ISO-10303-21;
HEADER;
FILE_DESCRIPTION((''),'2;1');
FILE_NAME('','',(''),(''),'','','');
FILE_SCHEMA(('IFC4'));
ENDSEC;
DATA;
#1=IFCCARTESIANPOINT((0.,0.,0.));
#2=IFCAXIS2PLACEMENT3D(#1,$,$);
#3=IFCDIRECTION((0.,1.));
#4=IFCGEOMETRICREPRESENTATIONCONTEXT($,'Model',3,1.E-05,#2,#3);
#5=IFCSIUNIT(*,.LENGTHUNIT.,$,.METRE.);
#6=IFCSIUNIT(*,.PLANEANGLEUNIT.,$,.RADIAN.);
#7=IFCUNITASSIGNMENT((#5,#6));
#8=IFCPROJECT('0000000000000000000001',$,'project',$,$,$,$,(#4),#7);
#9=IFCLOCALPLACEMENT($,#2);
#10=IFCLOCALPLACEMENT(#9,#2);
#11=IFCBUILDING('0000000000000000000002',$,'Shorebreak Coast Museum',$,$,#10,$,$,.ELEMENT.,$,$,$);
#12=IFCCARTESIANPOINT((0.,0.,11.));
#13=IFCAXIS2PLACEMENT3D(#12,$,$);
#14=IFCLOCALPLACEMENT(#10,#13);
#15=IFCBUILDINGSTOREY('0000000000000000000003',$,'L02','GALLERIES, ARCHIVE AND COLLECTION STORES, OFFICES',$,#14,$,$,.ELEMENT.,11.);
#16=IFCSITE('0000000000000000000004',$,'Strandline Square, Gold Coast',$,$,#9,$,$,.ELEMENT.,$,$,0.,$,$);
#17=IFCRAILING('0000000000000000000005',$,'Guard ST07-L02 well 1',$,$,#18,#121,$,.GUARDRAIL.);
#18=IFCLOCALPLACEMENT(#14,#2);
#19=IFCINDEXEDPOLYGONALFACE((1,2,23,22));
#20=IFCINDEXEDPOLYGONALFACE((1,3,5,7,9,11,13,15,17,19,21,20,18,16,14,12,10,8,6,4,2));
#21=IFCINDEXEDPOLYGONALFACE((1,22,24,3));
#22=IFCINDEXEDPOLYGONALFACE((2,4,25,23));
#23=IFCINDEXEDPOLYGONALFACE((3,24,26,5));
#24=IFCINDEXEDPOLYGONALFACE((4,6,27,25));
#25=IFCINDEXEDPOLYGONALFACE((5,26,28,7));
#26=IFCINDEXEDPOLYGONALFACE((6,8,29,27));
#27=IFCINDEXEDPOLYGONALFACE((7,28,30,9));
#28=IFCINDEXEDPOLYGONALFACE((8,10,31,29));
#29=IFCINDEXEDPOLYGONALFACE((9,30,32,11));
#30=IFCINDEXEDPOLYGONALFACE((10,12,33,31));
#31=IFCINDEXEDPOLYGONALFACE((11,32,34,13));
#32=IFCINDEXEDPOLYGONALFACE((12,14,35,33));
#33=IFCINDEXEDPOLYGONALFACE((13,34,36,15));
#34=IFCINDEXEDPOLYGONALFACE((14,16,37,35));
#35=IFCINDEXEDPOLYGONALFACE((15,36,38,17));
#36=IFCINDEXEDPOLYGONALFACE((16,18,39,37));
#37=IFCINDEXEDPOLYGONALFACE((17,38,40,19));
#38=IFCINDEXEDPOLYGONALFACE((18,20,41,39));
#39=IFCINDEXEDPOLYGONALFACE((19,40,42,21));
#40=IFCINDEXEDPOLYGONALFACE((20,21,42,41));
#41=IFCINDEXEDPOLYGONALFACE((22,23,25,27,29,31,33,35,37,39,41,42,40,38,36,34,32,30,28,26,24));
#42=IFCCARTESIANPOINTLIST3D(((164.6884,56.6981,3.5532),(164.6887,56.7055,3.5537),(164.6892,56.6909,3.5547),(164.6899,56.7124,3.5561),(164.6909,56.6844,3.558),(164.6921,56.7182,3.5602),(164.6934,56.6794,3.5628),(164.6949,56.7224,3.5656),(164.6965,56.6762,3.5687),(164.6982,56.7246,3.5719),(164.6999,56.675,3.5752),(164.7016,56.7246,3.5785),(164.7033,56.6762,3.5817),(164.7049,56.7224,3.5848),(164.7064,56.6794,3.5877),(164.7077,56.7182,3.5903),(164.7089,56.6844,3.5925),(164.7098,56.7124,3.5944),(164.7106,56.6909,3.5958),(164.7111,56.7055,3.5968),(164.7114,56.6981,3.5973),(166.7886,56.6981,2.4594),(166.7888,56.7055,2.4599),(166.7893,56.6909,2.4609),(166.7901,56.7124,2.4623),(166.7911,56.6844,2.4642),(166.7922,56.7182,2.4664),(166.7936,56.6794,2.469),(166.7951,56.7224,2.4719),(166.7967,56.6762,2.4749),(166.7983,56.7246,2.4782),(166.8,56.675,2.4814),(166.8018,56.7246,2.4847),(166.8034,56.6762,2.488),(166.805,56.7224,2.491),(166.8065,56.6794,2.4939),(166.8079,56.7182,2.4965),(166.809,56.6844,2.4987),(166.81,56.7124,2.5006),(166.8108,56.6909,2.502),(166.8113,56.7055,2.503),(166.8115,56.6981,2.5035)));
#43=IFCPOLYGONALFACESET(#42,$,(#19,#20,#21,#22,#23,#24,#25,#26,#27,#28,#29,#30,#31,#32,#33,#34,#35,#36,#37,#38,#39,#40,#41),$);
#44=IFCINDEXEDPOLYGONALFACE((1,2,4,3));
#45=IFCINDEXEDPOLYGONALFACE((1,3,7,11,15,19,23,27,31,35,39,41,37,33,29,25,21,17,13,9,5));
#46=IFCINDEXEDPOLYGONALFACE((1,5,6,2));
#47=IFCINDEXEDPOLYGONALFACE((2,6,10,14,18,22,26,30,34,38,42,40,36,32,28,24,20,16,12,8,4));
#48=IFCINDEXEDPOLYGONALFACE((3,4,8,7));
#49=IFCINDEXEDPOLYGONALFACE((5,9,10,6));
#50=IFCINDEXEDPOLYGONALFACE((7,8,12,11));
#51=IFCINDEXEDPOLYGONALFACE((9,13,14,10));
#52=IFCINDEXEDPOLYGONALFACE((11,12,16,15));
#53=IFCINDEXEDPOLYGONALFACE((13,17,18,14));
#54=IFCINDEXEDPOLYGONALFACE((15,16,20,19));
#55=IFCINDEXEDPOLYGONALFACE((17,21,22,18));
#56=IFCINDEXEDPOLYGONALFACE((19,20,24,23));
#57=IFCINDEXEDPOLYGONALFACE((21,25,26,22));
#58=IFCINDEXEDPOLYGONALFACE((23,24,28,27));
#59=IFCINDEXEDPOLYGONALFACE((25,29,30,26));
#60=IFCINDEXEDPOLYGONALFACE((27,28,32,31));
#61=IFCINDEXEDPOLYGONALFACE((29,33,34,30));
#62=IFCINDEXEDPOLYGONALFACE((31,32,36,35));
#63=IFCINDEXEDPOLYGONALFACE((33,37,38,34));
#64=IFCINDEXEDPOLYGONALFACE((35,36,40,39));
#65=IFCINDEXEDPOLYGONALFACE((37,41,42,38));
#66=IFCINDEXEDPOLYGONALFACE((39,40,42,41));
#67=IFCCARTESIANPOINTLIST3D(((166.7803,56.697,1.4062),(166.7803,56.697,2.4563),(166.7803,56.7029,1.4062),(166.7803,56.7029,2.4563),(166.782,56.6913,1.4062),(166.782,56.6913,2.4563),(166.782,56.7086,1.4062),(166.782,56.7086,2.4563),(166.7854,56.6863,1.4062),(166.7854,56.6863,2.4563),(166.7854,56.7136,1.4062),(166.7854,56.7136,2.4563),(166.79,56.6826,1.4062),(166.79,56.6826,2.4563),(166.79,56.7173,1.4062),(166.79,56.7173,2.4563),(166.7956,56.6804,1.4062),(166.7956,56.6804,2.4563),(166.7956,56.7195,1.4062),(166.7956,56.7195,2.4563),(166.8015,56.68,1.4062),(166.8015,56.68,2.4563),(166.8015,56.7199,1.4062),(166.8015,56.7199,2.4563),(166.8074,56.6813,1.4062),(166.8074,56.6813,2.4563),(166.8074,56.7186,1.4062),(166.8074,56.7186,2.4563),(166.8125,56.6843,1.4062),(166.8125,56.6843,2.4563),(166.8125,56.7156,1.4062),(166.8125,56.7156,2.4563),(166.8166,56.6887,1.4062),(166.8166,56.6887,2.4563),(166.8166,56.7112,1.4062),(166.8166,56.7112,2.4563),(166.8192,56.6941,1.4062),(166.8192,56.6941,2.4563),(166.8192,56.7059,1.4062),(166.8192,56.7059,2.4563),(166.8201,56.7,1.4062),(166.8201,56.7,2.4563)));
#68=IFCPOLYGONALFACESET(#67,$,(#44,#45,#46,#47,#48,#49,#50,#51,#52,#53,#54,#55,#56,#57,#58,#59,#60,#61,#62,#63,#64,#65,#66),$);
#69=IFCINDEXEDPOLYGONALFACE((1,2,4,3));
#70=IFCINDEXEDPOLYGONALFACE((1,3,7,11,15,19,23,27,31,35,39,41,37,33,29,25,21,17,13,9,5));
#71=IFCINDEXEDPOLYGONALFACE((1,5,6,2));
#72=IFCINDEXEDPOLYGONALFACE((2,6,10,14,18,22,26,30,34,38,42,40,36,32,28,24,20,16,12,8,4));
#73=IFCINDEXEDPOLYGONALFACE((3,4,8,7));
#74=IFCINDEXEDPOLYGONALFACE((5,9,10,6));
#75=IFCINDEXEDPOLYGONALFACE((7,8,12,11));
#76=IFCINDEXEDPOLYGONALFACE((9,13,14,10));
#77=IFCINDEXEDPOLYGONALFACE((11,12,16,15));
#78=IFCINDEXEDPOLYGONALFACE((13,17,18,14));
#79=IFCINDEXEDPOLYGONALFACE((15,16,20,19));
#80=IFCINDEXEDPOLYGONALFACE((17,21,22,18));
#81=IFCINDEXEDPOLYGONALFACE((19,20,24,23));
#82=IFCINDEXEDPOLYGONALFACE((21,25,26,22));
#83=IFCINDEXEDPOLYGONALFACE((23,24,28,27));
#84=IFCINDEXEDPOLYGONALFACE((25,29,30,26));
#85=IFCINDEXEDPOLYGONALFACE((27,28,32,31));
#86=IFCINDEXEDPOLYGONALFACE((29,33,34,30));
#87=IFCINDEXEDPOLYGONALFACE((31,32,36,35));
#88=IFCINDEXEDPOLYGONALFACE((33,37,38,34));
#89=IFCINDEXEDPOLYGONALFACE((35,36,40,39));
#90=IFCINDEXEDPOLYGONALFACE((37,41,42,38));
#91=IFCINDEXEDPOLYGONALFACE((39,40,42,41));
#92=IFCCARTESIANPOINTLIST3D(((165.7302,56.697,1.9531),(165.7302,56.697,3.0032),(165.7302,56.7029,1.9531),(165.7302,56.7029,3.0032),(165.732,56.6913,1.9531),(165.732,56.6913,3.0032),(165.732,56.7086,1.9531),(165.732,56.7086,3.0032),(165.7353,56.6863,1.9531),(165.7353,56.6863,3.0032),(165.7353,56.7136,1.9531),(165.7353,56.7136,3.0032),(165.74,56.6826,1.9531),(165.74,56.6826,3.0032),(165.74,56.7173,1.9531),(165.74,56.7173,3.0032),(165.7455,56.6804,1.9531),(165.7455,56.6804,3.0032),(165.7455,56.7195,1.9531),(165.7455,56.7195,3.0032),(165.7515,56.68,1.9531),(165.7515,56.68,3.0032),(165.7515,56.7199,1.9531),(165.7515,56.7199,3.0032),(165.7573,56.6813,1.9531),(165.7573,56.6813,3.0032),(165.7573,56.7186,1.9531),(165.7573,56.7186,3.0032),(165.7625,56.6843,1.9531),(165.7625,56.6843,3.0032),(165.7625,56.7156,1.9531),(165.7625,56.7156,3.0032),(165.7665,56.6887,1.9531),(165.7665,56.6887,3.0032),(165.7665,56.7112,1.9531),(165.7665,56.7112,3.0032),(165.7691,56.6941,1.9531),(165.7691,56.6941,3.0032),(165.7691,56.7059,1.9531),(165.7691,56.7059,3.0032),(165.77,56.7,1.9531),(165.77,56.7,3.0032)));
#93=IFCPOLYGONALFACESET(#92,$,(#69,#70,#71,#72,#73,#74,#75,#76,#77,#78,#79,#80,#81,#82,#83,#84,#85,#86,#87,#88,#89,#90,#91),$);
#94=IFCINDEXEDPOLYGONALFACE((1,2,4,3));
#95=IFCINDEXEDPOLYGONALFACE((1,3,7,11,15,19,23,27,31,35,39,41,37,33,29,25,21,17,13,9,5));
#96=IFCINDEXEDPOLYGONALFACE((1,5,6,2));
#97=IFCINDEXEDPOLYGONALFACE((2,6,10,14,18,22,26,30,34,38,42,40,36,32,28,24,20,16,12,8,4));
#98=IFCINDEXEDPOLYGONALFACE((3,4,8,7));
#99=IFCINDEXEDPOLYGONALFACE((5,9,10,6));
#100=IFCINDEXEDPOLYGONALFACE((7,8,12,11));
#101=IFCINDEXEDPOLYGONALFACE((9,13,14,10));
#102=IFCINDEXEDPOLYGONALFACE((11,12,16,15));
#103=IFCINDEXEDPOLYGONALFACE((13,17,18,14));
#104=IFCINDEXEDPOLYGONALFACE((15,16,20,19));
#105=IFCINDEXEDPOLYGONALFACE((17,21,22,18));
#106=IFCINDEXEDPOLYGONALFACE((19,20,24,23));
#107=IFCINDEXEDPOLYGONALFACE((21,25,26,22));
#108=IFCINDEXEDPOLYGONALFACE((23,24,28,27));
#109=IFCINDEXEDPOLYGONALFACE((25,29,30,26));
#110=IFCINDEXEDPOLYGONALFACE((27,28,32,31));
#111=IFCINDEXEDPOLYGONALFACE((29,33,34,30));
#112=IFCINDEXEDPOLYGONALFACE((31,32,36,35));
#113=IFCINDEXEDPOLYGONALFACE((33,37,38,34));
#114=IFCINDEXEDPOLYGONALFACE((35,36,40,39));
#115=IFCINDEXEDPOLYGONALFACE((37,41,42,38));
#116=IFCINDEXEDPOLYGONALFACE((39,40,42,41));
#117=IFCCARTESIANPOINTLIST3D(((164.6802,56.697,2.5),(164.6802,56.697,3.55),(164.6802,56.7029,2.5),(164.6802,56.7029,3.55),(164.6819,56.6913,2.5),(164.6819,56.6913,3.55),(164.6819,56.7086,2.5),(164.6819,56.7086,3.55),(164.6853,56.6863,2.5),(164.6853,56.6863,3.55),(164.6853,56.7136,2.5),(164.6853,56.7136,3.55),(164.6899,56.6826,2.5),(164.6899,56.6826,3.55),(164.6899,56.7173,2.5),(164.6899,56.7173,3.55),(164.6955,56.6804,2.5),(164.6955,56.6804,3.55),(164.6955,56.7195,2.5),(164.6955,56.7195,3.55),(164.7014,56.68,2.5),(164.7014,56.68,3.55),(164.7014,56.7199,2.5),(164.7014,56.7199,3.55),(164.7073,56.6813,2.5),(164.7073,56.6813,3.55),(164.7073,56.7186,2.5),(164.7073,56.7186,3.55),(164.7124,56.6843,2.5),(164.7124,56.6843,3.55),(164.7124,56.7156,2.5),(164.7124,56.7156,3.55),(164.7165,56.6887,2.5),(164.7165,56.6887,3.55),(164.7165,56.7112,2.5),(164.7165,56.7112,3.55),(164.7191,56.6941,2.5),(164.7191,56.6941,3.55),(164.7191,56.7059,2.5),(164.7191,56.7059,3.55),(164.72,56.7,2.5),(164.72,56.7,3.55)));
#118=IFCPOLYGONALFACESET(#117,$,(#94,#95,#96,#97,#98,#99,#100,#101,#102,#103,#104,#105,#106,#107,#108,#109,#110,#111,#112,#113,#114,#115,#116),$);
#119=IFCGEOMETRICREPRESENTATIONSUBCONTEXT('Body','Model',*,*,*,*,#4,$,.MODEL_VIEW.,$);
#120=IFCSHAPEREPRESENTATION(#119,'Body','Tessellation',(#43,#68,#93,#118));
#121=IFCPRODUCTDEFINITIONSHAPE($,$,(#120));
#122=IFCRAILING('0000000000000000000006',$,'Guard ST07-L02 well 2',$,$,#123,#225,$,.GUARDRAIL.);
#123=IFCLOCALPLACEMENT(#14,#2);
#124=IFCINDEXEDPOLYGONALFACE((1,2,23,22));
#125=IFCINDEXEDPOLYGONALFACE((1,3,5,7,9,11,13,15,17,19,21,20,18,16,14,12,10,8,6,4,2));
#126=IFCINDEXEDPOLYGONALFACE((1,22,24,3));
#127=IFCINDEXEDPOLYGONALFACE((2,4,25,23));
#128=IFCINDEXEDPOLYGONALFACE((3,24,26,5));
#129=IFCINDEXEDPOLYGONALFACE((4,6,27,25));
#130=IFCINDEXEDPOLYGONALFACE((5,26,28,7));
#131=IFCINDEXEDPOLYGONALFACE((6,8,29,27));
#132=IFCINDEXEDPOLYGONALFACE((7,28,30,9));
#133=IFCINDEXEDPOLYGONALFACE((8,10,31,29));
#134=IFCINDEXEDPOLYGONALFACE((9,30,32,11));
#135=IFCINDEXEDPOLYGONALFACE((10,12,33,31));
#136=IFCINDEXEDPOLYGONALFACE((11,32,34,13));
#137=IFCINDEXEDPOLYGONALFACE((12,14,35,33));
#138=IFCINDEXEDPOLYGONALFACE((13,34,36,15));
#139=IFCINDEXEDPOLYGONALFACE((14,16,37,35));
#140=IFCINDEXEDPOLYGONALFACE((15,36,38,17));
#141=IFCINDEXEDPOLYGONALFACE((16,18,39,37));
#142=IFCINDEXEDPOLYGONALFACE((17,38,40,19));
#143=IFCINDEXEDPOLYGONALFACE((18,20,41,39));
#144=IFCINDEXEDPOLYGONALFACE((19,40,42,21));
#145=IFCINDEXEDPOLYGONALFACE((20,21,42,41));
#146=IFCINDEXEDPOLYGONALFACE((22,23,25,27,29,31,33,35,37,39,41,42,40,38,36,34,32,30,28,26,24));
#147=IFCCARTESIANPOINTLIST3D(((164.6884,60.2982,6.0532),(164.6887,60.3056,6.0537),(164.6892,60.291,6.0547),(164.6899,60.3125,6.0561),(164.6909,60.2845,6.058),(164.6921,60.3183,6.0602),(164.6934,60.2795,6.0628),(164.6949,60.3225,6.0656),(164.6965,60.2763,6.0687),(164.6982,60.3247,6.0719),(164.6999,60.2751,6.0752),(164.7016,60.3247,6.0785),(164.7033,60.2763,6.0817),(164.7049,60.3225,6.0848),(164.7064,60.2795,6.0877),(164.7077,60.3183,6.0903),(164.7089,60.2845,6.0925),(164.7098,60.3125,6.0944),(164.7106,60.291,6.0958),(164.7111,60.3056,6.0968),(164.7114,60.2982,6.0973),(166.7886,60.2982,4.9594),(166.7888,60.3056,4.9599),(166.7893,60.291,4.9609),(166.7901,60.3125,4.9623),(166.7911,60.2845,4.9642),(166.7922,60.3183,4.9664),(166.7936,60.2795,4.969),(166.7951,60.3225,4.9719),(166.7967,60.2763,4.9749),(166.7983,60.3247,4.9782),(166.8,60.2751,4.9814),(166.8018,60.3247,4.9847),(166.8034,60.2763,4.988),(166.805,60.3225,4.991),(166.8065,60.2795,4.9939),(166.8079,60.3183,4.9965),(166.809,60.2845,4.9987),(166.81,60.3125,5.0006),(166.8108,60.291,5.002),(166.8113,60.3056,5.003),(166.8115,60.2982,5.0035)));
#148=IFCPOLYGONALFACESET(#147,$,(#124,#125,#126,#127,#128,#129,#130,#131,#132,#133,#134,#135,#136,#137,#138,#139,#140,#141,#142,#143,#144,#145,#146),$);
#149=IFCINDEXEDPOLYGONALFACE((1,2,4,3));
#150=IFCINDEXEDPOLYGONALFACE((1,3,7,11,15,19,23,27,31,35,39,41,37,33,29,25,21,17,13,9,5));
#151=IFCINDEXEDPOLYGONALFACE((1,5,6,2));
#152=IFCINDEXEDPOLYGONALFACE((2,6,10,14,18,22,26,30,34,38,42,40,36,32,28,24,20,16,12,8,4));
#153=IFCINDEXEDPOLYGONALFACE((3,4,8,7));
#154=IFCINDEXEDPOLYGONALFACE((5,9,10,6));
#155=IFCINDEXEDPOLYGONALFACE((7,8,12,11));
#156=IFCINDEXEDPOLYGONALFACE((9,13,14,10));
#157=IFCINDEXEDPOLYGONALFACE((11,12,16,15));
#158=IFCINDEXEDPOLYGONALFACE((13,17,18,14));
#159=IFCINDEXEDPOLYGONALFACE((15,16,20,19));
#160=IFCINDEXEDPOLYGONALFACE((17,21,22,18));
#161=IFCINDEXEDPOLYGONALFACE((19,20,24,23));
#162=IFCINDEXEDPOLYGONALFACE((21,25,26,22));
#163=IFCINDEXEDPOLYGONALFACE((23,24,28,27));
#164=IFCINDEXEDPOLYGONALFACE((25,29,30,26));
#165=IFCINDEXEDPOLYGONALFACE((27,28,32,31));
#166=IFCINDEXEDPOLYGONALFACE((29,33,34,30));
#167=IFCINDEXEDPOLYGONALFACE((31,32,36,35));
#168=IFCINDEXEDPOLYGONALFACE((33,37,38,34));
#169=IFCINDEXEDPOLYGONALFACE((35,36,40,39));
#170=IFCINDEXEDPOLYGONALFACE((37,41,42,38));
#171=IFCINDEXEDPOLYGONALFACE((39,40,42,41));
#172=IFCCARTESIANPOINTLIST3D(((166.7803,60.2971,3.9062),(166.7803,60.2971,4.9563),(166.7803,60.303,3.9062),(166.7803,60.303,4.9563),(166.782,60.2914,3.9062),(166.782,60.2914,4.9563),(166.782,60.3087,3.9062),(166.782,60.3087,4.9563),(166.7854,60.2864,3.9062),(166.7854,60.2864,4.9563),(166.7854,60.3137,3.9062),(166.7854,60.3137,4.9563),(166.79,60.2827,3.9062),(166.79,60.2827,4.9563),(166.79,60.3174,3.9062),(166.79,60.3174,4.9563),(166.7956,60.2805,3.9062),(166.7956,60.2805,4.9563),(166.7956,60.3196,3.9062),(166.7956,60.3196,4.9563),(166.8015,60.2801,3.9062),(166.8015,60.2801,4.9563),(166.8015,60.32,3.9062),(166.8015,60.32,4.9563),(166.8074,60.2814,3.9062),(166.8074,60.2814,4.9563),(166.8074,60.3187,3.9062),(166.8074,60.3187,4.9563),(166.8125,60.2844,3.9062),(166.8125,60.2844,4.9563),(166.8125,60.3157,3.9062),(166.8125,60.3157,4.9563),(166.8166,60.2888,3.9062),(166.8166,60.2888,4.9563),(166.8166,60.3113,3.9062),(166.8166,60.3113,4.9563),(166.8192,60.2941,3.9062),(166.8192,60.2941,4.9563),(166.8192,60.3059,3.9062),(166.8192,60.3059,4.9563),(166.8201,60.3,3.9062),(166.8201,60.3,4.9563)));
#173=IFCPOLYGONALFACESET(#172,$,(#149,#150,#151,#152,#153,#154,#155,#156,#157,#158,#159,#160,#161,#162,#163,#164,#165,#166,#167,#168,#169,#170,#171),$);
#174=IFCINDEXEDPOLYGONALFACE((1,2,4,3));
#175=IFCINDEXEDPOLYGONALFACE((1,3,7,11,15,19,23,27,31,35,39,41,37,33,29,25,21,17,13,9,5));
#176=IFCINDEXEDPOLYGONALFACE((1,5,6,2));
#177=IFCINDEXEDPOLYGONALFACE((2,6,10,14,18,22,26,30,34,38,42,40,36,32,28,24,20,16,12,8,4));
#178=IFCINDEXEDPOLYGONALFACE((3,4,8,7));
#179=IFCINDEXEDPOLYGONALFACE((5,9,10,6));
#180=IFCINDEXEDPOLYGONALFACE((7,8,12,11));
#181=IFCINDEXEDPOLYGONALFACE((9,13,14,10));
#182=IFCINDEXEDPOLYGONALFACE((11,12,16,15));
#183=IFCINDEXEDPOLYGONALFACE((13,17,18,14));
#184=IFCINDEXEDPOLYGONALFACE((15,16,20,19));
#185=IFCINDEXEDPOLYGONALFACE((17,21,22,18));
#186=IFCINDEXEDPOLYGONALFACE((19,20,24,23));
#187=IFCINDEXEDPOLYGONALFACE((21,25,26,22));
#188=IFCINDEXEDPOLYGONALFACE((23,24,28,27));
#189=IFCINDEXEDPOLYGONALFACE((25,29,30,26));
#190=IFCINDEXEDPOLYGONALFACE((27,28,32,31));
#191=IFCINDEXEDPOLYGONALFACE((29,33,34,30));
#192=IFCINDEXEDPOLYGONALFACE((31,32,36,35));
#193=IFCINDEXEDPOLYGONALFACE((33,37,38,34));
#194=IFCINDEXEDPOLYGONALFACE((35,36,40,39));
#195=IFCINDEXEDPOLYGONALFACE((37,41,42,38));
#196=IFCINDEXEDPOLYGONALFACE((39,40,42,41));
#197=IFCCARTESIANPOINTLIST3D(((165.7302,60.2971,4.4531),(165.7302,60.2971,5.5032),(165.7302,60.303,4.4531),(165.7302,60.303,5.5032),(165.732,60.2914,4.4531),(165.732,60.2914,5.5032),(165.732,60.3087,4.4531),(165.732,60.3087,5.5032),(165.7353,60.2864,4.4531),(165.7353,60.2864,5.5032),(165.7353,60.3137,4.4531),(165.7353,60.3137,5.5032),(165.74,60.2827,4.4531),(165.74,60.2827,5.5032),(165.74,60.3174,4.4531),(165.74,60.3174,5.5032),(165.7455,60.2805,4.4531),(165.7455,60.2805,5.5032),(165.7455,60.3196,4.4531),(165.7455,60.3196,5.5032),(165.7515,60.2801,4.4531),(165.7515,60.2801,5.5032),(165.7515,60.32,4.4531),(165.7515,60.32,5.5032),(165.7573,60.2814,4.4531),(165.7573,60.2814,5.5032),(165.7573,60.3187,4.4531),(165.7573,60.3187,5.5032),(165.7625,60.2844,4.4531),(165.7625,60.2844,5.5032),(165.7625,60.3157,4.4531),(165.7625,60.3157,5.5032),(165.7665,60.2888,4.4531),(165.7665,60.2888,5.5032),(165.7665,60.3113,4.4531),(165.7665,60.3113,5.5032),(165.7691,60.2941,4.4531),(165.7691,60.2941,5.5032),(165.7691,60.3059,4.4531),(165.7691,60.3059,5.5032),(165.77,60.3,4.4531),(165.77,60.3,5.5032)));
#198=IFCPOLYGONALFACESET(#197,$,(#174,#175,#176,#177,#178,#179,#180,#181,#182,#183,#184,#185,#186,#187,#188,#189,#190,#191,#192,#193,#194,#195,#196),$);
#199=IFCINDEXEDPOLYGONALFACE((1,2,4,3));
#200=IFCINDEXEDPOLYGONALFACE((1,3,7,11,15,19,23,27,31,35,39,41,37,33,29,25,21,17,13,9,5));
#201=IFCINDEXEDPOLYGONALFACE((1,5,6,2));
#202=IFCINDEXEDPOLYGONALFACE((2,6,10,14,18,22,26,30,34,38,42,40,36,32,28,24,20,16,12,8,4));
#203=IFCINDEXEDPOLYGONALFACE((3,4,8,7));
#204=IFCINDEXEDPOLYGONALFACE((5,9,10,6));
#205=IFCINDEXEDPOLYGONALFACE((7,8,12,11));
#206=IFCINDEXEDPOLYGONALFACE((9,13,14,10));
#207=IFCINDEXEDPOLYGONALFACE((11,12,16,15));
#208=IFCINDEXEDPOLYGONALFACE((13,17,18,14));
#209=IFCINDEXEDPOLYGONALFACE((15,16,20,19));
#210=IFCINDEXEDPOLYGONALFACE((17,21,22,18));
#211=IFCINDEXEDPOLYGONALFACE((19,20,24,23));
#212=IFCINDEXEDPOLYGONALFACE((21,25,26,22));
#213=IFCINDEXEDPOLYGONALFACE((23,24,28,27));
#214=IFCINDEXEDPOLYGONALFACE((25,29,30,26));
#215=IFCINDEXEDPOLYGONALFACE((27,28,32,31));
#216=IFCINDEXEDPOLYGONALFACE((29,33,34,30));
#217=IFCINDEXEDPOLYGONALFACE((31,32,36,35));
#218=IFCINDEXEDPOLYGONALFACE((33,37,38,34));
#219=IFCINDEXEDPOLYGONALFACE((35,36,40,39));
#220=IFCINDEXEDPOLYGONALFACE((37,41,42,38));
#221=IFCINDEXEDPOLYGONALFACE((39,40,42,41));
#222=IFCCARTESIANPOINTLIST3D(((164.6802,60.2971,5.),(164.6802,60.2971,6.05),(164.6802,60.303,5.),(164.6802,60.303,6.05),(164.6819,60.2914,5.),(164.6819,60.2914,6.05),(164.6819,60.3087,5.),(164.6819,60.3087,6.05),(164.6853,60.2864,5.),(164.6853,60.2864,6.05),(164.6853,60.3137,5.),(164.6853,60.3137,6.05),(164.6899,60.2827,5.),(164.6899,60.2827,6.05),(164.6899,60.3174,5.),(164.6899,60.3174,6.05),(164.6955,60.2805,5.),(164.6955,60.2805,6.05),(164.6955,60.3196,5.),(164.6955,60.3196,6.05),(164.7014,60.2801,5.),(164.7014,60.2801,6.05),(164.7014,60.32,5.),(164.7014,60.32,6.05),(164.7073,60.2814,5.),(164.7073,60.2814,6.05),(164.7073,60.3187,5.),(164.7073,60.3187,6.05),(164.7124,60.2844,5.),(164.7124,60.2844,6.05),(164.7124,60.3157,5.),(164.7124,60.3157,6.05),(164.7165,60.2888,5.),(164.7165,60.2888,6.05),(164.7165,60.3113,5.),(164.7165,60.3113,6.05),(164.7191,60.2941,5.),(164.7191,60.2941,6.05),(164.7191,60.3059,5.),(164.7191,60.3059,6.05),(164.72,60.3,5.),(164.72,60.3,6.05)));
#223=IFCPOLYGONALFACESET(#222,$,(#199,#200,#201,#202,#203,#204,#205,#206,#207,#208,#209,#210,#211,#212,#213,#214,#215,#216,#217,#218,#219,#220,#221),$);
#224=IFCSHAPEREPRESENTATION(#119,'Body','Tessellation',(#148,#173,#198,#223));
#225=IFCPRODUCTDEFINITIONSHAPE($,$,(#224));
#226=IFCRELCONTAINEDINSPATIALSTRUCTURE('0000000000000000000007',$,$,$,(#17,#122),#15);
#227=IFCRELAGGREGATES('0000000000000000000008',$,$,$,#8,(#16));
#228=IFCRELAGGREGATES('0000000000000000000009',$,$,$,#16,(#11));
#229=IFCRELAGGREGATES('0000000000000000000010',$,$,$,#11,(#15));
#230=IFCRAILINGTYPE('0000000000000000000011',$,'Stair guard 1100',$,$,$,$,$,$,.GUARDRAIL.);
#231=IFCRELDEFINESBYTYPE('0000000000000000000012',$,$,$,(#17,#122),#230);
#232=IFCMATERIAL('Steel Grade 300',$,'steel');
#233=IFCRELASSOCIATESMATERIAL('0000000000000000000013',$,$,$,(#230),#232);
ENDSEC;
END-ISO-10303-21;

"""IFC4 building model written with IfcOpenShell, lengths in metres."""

from ifc_helpers import new_model, si_unit, direction, frame, origin, origin_2d, place, context, subcontext, project, spatial, circle, extrude, material, type_object, element, save


model = new_model("IFC4")

# Units and contexts
model_context = context("Model", 3, precision=1e-05, world=origin(), true_north=direction((0.0, 1.0)))
body_context = subcontext(model_context, "Body", "Model", "MODEL_VIEW")
ifc_project = project(units=[si_unit("LENGTHUNIT", "METRE"), si_unit("PLANEANGLEUNIT", "RADIAN")], contexts=[model_context])

# Site, building, storey
site_placement = place(None, origin())
site = spatial("IfcSite", under=ifc_project, at=site_placement, Name="Strandline Square, Gold Coast", CompositionType="ELEMENT", RefElevation=0.0)
building_placement = place(site_placement, origin())
building = spatial("IfcBuilding", under=site, at=building_placement, Name="Shorebreak Coast Museum", CompositionType="ELEMENT")
storey_placement = place(building_placement, frame((0.0, 0.0, 11.0)))
storey = spatial("IfcBuildingStorey", under=building, at=storey_placement, Name="L02", Description="GALLERIES, ARCHIVE AND COLLECTION STORES, OFFICES", CompositionType="ELEMENT", Elevation=11.0)

# Railings
ifc_material_1 = material(Name="Steel Grade 300", Category="steel")
railing_type_1 = type_object("IfcRailingType", Name="Stair guard 1100", PredefinedType="GUARDRAIL", material=ifc_material_1)
for number, where, name in (
    (1, (166.8, 56.7, 1.4062), "Guard ST07-L02 well 1"),
    (2, (166.8, 60.3, 3.9062), "Guard ST07-L02 well 2"),
):
    element("IfcRailing", number, at=place(storey_placement, frame(where)), inside=storey, type_object=railing_type_1, Name=name, PredefinedType="GUARDRAIL", context=body_context, shape_type="SweptSolid", body=[
        extrude(circle(Radius=0.0249, at=origin_2d()), frame((0.0, 0.0, 1.0752), z_axis=(-0.886923, 0.0, 0.461918), x_axis=(0.0, -1.0, 0.0)), (0.0, 0.0, 1.0), 2.3679),
        extrude(circle(Radius=0.02, at=origin_2d()), origin(), (0.0, 0.0, 1.0), 1.05),
        extrude(circle(Radius=0.02, at=origin_2d()), frame((-1.05, 0.0, 0.5469)), (0.0, 0.0, 1.0), 1.05),
        extrude(circle(Radius=0.02, at=origin_2d()), frame((-2.1001, 0.0, 1.0938)), (0.0, 0.0, 1.0), 1.05),
    ])

save(model, "model.ifc")
